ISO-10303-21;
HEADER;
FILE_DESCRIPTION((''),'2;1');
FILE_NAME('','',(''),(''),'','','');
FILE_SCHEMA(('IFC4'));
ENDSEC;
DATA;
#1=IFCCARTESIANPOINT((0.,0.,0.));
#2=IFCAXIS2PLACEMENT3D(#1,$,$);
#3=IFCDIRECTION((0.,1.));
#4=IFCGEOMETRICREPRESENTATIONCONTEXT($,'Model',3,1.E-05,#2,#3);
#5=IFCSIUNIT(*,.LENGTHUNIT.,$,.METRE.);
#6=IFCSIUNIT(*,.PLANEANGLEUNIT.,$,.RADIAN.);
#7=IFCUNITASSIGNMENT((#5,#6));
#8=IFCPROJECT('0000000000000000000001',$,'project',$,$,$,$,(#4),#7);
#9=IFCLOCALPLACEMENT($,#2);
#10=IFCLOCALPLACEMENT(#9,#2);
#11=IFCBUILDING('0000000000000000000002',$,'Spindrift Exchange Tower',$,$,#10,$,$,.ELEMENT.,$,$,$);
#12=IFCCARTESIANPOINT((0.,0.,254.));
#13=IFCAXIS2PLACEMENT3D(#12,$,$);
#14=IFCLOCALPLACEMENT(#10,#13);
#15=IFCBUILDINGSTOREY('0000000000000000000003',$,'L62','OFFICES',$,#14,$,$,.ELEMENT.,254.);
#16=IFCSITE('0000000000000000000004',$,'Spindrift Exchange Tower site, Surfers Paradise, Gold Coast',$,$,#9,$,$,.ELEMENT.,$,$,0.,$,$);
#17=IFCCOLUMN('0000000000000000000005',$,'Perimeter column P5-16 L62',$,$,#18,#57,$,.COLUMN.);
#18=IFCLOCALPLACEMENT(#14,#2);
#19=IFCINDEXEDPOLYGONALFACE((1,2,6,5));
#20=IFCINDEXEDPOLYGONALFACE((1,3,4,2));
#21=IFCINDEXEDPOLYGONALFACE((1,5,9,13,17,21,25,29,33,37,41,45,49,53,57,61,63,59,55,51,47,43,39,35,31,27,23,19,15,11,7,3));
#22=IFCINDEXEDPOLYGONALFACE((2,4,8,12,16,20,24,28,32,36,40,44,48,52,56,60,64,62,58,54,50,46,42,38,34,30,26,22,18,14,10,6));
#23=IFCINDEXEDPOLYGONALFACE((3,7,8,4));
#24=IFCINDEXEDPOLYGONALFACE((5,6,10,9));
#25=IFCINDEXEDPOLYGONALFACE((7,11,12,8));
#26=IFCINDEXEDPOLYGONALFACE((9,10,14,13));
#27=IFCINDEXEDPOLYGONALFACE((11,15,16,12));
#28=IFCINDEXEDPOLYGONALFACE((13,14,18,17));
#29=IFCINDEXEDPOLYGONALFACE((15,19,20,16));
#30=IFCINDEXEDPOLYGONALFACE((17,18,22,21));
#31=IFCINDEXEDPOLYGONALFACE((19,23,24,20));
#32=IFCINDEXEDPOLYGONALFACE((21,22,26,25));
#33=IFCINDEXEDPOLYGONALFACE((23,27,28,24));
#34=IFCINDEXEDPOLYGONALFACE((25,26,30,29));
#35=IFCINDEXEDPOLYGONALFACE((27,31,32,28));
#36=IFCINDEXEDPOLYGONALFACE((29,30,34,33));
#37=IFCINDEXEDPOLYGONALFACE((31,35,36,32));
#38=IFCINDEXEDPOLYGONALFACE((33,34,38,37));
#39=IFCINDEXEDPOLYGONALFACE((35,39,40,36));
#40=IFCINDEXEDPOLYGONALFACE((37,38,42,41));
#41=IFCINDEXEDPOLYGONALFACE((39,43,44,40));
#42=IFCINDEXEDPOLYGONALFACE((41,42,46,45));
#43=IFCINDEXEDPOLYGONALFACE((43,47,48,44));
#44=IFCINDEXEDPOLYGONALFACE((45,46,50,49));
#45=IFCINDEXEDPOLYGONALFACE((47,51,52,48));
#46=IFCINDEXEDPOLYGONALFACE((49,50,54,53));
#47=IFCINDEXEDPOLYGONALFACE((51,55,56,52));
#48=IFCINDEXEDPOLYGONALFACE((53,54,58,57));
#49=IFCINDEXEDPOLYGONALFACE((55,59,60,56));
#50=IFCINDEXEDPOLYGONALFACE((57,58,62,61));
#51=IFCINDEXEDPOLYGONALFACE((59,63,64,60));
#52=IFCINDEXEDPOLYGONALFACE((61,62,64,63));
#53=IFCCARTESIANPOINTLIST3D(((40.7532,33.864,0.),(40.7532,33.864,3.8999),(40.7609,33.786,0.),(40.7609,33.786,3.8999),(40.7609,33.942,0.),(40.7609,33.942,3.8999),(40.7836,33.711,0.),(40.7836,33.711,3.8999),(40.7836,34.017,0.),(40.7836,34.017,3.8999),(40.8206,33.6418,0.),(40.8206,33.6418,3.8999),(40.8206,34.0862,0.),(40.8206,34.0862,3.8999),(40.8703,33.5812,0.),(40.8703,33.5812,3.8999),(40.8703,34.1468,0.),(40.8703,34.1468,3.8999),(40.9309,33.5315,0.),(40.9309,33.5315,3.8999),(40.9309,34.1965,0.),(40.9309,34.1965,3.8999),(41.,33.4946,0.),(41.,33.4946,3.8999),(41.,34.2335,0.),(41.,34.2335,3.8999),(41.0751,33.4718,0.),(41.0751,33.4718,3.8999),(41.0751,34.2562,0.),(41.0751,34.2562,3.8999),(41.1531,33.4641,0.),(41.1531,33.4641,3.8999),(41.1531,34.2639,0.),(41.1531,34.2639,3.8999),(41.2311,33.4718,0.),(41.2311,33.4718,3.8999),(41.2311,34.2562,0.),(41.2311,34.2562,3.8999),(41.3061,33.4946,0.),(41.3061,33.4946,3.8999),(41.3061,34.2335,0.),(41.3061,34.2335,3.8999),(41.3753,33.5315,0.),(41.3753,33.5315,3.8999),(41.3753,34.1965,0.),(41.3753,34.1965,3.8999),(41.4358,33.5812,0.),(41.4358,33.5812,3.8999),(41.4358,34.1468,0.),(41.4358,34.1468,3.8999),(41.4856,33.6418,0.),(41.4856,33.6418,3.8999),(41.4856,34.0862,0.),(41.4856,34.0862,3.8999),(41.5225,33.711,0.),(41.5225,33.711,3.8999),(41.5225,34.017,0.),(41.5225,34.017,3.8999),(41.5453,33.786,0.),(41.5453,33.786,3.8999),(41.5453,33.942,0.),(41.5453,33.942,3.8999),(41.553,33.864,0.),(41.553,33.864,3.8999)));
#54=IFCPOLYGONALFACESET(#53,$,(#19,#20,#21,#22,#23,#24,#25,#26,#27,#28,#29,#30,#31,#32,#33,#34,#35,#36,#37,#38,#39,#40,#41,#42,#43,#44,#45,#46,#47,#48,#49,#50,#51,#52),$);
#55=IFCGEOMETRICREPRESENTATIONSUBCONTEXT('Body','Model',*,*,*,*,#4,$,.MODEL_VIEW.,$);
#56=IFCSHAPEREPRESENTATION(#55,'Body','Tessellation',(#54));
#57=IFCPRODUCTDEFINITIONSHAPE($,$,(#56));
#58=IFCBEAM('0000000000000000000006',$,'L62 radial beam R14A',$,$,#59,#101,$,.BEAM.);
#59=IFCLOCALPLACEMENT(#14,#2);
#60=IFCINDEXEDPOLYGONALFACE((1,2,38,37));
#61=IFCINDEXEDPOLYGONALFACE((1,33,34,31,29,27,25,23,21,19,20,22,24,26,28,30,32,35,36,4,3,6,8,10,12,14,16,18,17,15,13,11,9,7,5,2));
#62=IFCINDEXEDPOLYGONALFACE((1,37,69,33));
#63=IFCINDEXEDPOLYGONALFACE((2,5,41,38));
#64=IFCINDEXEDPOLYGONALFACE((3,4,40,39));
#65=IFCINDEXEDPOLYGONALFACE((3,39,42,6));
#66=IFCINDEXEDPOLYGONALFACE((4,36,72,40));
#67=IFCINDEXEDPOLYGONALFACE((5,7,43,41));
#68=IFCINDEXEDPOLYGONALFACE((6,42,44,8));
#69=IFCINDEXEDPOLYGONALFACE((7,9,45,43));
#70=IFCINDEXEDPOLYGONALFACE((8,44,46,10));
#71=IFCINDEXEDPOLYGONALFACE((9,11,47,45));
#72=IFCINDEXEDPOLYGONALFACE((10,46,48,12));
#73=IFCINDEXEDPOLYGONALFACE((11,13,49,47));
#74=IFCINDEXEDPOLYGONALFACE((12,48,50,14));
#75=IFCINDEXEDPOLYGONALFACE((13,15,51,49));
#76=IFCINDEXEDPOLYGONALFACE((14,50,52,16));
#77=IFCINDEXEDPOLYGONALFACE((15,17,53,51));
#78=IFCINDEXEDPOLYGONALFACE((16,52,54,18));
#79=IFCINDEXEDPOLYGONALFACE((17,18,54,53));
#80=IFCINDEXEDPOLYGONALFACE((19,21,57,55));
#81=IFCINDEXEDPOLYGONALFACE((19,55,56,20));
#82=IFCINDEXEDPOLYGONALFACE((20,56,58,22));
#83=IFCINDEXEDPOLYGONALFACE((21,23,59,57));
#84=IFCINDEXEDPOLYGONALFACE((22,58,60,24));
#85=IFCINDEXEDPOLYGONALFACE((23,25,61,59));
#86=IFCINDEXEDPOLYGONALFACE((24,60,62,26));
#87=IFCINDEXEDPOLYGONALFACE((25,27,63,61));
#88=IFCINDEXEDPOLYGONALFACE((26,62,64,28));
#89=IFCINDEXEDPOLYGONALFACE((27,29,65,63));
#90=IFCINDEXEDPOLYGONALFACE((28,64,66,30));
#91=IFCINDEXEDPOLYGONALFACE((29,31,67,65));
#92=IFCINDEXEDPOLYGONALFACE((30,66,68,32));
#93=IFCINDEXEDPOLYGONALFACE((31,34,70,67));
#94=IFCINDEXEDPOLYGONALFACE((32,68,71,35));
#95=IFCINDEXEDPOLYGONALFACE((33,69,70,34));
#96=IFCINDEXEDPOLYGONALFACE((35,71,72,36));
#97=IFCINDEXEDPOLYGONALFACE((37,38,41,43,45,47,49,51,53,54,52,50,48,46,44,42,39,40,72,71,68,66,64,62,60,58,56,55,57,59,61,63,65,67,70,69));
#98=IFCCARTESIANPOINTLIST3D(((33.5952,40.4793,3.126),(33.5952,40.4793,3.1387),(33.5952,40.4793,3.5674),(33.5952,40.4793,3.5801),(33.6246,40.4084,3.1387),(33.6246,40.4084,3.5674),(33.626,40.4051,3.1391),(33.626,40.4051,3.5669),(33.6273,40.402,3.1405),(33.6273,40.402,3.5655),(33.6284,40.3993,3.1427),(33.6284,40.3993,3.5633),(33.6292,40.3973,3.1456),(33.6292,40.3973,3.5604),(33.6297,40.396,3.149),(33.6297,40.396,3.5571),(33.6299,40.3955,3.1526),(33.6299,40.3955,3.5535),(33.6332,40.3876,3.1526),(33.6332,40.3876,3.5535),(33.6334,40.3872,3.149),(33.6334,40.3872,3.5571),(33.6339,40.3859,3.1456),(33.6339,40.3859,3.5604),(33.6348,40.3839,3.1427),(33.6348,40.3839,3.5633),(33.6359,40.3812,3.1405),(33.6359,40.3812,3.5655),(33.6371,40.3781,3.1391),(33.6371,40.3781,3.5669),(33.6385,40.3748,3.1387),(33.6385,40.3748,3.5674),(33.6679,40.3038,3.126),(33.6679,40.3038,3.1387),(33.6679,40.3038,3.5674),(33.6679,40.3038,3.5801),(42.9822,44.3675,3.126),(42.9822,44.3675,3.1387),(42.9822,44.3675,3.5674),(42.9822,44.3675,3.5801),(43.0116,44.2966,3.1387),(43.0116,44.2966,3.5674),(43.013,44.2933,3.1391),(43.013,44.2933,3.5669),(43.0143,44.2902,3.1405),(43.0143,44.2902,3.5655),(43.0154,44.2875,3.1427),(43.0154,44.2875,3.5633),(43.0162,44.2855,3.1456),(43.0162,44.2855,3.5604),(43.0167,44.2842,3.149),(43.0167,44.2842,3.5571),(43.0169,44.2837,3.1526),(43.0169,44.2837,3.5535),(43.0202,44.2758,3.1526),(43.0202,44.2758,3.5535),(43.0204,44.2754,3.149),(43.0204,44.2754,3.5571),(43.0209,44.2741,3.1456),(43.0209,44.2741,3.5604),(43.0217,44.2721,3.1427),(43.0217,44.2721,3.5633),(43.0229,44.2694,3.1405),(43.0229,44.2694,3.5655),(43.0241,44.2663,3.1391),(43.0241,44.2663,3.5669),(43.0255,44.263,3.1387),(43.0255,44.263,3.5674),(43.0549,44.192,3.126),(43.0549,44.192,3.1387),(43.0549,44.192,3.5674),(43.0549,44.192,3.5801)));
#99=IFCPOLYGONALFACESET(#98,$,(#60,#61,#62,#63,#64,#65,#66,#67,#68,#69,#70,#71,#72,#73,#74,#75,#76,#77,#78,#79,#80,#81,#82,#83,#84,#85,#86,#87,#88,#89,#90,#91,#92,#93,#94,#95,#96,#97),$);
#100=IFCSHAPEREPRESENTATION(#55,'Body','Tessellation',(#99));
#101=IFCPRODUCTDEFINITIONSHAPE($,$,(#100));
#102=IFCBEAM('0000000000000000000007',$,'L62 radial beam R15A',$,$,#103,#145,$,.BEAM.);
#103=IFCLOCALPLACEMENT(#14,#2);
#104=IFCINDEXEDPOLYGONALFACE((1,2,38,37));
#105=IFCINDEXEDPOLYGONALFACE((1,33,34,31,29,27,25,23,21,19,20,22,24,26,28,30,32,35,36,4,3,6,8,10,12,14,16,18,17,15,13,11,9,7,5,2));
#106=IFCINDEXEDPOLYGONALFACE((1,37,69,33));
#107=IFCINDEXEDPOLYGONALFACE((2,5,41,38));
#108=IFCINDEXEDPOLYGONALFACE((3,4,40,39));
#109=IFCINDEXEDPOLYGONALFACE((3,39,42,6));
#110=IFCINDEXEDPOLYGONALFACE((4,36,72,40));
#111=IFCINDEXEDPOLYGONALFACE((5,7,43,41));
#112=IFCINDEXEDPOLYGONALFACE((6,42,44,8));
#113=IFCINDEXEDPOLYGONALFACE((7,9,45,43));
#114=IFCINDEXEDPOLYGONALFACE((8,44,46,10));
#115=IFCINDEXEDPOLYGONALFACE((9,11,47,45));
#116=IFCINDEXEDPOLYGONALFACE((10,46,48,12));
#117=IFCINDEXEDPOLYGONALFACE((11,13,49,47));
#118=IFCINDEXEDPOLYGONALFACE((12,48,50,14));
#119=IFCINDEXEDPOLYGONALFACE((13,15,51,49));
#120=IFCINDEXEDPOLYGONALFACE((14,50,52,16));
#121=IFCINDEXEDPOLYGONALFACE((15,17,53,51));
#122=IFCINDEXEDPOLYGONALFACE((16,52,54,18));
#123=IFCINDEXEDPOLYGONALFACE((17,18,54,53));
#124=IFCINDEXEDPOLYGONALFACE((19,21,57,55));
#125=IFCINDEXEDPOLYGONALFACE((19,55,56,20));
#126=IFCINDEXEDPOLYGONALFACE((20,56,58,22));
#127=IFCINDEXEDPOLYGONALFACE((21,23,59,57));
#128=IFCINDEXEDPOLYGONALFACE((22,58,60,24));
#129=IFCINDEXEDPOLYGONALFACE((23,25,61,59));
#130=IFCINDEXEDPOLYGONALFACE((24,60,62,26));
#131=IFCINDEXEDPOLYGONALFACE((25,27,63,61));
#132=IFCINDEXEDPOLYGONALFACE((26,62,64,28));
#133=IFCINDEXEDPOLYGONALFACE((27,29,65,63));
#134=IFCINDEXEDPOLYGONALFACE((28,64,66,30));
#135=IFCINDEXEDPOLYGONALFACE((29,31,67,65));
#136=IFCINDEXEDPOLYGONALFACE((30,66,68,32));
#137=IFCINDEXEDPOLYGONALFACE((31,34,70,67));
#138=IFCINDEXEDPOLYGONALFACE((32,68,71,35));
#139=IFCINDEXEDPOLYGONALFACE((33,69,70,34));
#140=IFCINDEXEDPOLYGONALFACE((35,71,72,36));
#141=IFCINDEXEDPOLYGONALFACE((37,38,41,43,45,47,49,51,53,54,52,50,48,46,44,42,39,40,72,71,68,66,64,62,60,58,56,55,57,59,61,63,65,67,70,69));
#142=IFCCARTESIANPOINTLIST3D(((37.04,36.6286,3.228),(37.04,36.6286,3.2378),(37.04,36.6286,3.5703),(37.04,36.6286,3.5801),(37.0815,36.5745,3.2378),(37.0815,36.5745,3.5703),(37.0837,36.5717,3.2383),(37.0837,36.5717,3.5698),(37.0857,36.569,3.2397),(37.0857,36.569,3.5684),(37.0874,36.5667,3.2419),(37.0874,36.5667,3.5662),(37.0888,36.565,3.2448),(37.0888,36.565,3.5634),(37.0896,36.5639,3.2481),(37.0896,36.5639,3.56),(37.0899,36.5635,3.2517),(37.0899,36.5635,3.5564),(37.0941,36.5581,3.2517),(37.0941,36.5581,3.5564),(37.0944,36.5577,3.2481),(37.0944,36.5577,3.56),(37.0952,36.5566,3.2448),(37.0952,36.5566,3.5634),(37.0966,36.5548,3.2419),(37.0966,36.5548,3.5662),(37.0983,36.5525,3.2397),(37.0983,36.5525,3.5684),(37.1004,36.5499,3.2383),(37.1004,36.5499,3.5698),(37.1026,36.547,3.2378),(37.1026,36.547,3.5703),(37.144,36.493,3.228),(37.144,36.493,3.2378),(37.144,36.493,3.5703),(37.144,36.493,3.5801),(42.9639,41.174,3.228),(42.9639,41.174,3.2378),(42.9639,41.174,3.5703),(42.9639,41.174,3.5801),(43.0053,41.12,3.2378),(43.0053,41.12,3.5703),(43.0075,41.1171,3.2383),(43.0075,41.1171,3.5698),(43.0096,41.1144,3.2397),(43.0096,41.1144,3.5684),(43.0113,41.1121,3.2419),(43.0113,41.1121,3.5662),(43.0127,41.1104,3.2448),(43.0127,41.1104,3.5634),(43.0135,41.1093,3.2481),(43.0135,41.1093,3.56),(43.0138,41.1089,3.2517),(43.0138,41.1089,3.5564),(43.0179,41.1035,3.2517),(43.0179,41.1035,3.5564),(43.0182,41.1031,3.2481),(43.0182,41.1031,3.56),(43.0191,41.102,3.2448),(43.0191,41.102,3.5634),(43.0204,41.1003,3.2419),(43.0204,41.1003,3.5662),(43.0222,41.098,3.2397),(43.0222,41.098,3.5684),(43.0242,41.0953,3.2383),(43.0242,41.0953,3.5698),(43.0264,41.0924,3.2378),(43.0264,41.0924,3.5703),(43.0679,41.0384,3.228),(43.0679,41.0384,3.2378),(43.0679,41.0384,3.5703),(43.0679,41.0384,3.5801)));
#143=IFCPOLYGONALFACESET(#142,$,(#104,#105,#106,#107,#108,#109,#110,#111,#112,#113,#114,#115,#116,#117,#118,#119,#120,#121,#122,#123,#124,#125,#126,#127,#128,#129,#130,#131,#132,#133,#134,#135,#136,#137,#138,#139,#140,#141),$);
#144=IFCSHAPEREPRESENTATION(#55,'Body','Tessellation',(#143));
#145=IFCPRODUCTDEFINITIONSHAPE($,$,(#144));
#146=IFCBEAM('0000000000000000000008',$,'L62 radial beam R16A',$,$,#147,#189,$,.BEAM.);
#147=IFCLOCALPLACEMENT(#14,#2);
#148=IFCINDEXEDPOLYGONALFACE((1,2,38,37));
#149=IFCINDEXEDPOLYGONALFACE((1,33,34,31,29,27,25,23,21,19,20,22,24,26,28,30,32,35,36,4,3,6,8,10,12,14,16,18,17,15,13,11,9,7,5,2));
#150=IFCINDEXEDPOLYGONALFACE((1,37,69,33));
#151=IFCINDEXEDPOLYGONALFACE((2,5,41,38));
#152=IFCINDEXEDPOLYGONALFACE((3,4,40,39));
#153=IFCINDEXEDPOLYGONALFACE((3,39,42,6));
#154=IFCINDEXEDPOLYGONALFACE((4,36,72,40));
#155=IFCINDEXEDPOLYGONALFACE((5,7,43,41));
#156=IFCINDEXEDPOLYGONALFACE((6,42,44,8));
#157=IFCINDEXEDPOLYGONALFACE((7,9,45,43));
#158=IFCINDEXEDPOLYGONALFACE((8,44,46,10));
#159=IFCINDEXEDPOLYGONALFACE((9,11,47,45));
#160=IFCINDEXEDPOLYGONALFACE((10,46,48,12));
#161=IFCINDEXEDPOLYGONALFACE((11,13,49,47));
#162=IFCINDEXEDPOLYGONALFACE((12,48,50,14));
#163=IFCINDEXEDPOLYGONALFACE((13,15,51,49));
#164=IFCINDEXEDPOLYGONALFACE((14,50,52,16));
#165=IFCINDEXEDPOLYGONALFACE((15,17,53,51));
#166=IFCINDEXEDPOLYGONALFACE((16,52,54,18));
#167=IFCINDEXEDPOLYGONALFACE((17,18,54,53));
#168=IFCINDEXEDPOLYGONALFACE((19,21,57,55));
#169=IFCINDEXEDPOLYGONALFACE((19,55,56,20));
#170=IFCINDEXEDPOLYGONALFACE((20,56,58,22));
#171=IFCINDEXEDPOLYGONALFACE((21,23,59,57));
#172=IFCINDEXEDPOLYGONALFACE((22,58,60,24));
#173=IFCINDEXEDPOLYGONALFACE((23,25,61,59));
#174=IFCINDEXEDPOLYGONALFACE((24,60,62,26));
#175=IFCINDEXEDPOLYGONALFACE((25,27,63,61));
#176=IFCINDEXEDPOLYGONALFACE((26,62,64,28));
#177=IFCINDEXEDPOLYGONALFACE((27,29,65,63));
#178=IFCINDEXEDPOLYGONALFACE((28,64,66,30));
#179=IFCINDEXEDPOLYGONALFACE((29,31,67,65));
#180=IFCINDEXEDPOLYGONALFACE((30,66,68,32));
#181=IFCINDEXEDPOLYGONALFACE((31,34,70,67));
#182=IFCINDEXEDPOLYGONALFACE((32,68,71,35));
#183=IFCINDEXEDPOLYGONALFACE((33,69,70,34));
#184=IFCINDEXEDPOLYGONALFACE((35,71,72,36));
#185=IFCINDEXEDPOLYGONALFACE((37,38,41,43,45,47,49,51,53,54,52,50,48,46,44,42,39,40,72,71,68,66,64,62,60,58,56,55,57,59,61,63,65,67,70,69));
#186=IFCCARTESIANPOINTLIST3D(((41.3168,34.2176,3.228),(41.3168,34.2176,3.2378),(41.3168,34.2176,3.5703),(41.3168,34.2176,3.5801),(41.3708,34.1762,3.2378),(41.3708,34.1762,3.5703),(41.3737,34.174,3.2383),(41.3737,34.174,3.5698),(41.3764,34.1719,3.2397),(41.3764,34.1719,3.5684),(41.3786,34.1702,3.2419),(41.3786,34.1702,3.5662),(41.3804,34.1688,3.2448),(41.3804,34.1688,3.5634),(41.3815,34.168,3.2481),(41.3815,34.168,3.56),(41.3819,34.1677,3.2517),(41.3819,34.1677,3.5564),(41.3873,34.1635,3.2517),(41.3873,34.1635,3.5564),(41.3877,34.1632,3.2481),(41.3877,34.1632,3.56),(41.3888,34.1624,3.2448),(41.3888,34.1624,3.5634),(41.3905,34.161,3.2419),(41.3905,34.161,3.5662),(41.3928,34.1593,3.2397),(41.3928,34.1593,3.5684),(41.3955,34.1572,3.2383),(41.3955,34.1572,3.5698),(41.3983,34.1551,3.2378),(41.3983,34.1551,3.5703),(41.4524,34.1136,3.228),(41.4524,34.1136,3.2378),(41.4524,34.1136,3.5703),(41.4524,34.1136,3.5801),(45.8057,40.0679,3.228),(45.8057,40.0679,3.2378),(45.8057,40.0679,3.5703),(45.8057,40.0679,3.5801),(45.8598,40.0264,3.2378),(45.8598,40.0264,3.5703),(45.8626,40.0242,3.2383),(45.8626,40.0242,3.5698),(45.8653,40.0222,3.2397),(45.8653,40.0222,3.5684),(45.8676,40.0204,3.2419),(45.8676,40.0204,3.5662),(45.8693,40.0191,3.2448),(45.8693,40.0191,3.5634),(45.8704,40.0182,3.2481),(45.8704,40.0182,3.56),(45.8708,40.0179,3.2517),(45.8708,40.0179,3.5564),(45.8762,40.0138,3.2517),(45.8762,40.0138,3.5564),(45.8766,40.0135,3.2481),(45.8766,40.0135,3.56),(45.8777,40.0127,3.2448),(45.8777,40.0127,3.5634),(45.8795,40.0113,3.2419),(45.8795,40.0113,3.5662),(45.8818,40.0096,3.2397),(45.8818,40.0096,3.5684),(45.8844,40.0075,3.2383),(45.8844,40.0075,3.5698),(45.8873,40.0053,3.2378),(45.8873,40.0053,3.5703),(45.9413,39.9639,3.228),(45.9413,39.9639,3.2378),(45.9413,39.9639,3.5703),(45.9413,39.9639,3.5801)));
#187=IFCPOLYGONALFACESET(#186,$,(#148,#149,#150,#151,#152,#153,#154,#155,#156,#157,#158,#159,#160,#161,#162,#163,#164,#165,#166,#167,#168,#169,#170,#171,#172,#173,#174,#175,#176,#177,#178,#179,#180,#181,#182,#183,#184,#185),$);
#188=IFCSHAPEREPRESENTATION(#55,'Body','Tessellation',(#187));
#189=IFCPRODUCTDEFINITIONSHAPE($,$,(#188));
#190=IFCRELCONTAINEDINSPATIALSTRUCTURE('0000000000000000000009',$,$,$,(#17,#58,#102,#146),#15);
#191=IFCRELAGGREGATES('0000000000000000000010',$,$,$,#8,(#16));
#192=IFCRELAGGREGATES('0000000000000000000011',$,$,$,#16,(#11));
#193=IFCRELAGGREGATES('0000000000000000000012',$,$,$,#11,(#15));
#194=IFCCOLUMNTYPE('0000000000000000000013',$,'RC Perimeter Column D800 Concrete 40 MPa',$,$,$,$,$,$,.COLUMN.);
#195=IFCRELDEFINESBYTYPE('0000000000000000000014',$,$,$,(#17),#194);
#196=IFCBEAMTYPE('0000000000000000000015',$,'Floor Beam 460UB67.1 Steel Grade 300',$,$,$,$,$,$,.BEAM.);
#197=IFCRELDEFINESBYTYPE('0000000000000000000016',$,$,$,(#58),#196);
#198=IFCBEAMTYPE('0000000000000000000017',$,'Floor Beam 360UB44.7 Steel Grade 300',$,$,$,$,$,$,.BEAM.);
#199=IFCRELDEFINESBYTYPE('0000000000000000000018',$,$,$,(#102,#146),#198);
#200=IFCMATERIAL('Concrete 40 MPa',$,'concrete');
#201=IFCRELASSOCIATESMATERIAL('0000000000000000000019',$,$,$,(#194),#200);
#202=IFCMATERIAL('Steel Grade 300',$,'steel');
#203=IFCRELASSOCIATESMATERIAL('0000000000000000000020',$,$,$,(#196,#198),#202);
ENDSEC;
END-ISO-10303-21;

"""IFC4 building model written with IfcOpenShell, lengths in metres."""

from ifc_helpers import new_model, si_unit, direction, frame, origin, origin_2d, place, context, subcontext, project, spatial, circle, i_section, extrude, source, transform, mapped, material, material_profile, profile_set, type_object, element, save


model = new_model("IFC4")

# Units and contexts
model_context = context("Model", 3, precision=1e-05, world=origin(), true_north=direction((0.0, 1.0)))
body_context = subcontext(model_context, "Body", "Model", "MODEL_VIEW")
ifc_project = project(units=[si_unit("LENGTHUNIT", "METRE"), si_unit("PLANEANGLEUNIT", "RADIAN")], contexts=[model_context])

# Site, building, storey
site_placement = place(None, origin())
site = spatial("IfcSite", under=ifc_project, at=site_placement, Name="Spindrift Exchange Tower site, Surfers Paradise, Gold Coast", CompositionType="ELEMENT", RefElevation=0.0)
building_placement = place(site_placement, origin())
building = spatial("IfcBuilding", under=site, at=building_placement, Name="Spindrift Exchange Tower", CompositionType="ELEMENT")
storey_placement = place(building_placement, frame((0.0, 0.0, 254.0)))
storey = spatial("IfcBuildingStorey", under=building, at=storey_placement, Name="L62", Description="OFFICES", CompositionType="ELEMENT", Elevation=254.0)

# Column
ifc_material_1 = material(Name="Concrete 40 MPa", Category="concrete")
ifc_material_profile_1 = material_profile(ifc_material_1, circle(Radius=0.3999, at=origin_2d()), Name="RC D800")
ifc_profile_set_1 = profile_set([ifc_material_profile_1], Name="Concrete 40 MPa")
column_type = type_object("IfcColumnType", Name="RC Perimeter Column D800 Concrete 40 MPa", PredefinedType="COLUMN", material=ifc_profile_set_1)
shared_shape_1 = source(origin(), body_context, "Body", "SweptSolid", [
    extrude(circle(Radius=0.3999, at=origin_2d()), origin(), (0.0, 0.0, 1.0), 3.8999),
])
column_placement = place(storey_placement, frame((41.1531, 33.864, 0.0), z_axis=(0.0, 0.0, 1.0), x_axis=(1.0, 0.0, 0.0)))
element("IfcColumn", 1, at=column_placement, inside=storey, type_object=column_type, Name="Perimeter column P5-16 L62", PredefinedType="COLUMN", context=body_context, shape_type="MappedRepresentation", body=[
    mapped(shared_shape_1, transform((0.0, 0.0, 0.0), scale=1.0)),
])

# Beams
ifc_material_2 = material(Name="Steel Grade 300", Category="steel")
ifc_material_profile_2 = material_profile(ifc_material_2, i_section(OverallWidth=0.1899, OverallDepth=0.4541, WebThickness=0.0085, FlangeThickness=0.0127, FilletRadius=0.0139, at=origin_2d()), Name="460UB67.1")
ifc_profile_set_2 = profile_set([ifc_material_profile_2], Name="Steel Grade 300")
beam_type_1 = type_object("IfcBeamType", Name="Floor Beam 460UB67.1 Steel Grade 300", PredefinedType="BEAM", material=ifc_profile_set_2)
shared_shape_2 = source(origin(), body_context, "Body", "SweptSolid", [
    extrude(i_section(OverallWidth=0.1899, OverallDepth=0.4541, WebThickness=0.0085, FlangeThickness=0.0127, FilletRadius=0.0139, at=origin_2d()), origin(), (0.0, 0.0, 1.0), 10.1604),
])
beam_1_placement = place(storey_placement, frame((43.0186, 44.2798, 3.353), z_axis=(-0.92388, -0.382681, 0.0), x_axis=(0.382681, -0.92388, 0.0)))
element("IfcBeam", 2, at=beam_1_placement, inside=storey, type_object=beam_type_1, Name="L62 radial beam R14A", PredefinedType="BEAM", context=body_context, shape_type="MappedRepresentation", body=[
    mapped(shared_shape_2, transform((0.0, 0.0, 0.0), scale=1.0)),
])
ifc_material_profile_3 = material_profile(ifc_material_2, i_section(OverallWidth=0.1709, OverallDepth=0.3521, WebThickness=0.0068, FlangeThickness=0.0098, FilletRadius=0.0139, at=origin_2d()), Name="360UB44.7")
ifc_profile_set_3 = profile_set([ifc_material_profile_3], Name="Steel Grade 300")
beam_type_2 = type_object("IfcBeamType", Name="Floor Beam 360UB44.7 Steel Grade 300", PredefinedType="BEAM", material=ifc_profile_set_3)
shared_shape_3 = source(origin(), body_context, "Body", "SweptSolid", [
    extrude(i_section(OverallWidth=0.1709, OverallDepth=0.3521, WebThickness=0.0068, FlangeThickness=0.0098, FilletRadius=0.0139, at=origin_2d()), origin(), (0.0, 0.0, 1.0), 7.4668),
])
beam_2_placement = place(storey_placement, frame((43.0159, 41.1062, 3.4041), z_axis=(-0.79336, -0.608753, 0.0), x_axis=(0.608753, -0.79336, 0.0)))
element("IfcBeam", 3, at=beam_2_placement, inside=storey, type_object=beam_type_2, Name="L62 radial beam R15A", PredefinedType="BEAM", context=body_context, shape_type="MappedRepresentation", body=[
    mapped(shared_shape_3, transform((0.0, 0.0, 0.0), scale=1.0)),
])
shared_shape_4 = source(origin(), body_context, "Body", "SweptSolid", [
    extrude(i_section(OverallWidth=0.1709, OverallDepth=0.3521, WebThickness=0.0068, FlangeThickness=0.0098, FilletRadius=0.0139, at=origin_2d()), origin(), (0.0, 0.0, 1.0), 7.374),
])
beam_3_placement = place(storey_placement, frame((45.8735, 40.0159, 3.4041), z_axis=(-0.608752, -0.793361, 0.0), x_axis=(0.793361, -0.608752, 0.0)))
element("IfcBeam", 4, at=beam_3_placement, inside=storey, type_object=beam_type_2, Name="L62 radial beam R16A", PredefinedType="BEAM", context=body_context, shape_type="MappedRepresentation", body=[
    mapped(shared_shape_4, transform((0.0, 0.0, 0.0), scale=1.0)),
])

save(model, "model.ifc")
